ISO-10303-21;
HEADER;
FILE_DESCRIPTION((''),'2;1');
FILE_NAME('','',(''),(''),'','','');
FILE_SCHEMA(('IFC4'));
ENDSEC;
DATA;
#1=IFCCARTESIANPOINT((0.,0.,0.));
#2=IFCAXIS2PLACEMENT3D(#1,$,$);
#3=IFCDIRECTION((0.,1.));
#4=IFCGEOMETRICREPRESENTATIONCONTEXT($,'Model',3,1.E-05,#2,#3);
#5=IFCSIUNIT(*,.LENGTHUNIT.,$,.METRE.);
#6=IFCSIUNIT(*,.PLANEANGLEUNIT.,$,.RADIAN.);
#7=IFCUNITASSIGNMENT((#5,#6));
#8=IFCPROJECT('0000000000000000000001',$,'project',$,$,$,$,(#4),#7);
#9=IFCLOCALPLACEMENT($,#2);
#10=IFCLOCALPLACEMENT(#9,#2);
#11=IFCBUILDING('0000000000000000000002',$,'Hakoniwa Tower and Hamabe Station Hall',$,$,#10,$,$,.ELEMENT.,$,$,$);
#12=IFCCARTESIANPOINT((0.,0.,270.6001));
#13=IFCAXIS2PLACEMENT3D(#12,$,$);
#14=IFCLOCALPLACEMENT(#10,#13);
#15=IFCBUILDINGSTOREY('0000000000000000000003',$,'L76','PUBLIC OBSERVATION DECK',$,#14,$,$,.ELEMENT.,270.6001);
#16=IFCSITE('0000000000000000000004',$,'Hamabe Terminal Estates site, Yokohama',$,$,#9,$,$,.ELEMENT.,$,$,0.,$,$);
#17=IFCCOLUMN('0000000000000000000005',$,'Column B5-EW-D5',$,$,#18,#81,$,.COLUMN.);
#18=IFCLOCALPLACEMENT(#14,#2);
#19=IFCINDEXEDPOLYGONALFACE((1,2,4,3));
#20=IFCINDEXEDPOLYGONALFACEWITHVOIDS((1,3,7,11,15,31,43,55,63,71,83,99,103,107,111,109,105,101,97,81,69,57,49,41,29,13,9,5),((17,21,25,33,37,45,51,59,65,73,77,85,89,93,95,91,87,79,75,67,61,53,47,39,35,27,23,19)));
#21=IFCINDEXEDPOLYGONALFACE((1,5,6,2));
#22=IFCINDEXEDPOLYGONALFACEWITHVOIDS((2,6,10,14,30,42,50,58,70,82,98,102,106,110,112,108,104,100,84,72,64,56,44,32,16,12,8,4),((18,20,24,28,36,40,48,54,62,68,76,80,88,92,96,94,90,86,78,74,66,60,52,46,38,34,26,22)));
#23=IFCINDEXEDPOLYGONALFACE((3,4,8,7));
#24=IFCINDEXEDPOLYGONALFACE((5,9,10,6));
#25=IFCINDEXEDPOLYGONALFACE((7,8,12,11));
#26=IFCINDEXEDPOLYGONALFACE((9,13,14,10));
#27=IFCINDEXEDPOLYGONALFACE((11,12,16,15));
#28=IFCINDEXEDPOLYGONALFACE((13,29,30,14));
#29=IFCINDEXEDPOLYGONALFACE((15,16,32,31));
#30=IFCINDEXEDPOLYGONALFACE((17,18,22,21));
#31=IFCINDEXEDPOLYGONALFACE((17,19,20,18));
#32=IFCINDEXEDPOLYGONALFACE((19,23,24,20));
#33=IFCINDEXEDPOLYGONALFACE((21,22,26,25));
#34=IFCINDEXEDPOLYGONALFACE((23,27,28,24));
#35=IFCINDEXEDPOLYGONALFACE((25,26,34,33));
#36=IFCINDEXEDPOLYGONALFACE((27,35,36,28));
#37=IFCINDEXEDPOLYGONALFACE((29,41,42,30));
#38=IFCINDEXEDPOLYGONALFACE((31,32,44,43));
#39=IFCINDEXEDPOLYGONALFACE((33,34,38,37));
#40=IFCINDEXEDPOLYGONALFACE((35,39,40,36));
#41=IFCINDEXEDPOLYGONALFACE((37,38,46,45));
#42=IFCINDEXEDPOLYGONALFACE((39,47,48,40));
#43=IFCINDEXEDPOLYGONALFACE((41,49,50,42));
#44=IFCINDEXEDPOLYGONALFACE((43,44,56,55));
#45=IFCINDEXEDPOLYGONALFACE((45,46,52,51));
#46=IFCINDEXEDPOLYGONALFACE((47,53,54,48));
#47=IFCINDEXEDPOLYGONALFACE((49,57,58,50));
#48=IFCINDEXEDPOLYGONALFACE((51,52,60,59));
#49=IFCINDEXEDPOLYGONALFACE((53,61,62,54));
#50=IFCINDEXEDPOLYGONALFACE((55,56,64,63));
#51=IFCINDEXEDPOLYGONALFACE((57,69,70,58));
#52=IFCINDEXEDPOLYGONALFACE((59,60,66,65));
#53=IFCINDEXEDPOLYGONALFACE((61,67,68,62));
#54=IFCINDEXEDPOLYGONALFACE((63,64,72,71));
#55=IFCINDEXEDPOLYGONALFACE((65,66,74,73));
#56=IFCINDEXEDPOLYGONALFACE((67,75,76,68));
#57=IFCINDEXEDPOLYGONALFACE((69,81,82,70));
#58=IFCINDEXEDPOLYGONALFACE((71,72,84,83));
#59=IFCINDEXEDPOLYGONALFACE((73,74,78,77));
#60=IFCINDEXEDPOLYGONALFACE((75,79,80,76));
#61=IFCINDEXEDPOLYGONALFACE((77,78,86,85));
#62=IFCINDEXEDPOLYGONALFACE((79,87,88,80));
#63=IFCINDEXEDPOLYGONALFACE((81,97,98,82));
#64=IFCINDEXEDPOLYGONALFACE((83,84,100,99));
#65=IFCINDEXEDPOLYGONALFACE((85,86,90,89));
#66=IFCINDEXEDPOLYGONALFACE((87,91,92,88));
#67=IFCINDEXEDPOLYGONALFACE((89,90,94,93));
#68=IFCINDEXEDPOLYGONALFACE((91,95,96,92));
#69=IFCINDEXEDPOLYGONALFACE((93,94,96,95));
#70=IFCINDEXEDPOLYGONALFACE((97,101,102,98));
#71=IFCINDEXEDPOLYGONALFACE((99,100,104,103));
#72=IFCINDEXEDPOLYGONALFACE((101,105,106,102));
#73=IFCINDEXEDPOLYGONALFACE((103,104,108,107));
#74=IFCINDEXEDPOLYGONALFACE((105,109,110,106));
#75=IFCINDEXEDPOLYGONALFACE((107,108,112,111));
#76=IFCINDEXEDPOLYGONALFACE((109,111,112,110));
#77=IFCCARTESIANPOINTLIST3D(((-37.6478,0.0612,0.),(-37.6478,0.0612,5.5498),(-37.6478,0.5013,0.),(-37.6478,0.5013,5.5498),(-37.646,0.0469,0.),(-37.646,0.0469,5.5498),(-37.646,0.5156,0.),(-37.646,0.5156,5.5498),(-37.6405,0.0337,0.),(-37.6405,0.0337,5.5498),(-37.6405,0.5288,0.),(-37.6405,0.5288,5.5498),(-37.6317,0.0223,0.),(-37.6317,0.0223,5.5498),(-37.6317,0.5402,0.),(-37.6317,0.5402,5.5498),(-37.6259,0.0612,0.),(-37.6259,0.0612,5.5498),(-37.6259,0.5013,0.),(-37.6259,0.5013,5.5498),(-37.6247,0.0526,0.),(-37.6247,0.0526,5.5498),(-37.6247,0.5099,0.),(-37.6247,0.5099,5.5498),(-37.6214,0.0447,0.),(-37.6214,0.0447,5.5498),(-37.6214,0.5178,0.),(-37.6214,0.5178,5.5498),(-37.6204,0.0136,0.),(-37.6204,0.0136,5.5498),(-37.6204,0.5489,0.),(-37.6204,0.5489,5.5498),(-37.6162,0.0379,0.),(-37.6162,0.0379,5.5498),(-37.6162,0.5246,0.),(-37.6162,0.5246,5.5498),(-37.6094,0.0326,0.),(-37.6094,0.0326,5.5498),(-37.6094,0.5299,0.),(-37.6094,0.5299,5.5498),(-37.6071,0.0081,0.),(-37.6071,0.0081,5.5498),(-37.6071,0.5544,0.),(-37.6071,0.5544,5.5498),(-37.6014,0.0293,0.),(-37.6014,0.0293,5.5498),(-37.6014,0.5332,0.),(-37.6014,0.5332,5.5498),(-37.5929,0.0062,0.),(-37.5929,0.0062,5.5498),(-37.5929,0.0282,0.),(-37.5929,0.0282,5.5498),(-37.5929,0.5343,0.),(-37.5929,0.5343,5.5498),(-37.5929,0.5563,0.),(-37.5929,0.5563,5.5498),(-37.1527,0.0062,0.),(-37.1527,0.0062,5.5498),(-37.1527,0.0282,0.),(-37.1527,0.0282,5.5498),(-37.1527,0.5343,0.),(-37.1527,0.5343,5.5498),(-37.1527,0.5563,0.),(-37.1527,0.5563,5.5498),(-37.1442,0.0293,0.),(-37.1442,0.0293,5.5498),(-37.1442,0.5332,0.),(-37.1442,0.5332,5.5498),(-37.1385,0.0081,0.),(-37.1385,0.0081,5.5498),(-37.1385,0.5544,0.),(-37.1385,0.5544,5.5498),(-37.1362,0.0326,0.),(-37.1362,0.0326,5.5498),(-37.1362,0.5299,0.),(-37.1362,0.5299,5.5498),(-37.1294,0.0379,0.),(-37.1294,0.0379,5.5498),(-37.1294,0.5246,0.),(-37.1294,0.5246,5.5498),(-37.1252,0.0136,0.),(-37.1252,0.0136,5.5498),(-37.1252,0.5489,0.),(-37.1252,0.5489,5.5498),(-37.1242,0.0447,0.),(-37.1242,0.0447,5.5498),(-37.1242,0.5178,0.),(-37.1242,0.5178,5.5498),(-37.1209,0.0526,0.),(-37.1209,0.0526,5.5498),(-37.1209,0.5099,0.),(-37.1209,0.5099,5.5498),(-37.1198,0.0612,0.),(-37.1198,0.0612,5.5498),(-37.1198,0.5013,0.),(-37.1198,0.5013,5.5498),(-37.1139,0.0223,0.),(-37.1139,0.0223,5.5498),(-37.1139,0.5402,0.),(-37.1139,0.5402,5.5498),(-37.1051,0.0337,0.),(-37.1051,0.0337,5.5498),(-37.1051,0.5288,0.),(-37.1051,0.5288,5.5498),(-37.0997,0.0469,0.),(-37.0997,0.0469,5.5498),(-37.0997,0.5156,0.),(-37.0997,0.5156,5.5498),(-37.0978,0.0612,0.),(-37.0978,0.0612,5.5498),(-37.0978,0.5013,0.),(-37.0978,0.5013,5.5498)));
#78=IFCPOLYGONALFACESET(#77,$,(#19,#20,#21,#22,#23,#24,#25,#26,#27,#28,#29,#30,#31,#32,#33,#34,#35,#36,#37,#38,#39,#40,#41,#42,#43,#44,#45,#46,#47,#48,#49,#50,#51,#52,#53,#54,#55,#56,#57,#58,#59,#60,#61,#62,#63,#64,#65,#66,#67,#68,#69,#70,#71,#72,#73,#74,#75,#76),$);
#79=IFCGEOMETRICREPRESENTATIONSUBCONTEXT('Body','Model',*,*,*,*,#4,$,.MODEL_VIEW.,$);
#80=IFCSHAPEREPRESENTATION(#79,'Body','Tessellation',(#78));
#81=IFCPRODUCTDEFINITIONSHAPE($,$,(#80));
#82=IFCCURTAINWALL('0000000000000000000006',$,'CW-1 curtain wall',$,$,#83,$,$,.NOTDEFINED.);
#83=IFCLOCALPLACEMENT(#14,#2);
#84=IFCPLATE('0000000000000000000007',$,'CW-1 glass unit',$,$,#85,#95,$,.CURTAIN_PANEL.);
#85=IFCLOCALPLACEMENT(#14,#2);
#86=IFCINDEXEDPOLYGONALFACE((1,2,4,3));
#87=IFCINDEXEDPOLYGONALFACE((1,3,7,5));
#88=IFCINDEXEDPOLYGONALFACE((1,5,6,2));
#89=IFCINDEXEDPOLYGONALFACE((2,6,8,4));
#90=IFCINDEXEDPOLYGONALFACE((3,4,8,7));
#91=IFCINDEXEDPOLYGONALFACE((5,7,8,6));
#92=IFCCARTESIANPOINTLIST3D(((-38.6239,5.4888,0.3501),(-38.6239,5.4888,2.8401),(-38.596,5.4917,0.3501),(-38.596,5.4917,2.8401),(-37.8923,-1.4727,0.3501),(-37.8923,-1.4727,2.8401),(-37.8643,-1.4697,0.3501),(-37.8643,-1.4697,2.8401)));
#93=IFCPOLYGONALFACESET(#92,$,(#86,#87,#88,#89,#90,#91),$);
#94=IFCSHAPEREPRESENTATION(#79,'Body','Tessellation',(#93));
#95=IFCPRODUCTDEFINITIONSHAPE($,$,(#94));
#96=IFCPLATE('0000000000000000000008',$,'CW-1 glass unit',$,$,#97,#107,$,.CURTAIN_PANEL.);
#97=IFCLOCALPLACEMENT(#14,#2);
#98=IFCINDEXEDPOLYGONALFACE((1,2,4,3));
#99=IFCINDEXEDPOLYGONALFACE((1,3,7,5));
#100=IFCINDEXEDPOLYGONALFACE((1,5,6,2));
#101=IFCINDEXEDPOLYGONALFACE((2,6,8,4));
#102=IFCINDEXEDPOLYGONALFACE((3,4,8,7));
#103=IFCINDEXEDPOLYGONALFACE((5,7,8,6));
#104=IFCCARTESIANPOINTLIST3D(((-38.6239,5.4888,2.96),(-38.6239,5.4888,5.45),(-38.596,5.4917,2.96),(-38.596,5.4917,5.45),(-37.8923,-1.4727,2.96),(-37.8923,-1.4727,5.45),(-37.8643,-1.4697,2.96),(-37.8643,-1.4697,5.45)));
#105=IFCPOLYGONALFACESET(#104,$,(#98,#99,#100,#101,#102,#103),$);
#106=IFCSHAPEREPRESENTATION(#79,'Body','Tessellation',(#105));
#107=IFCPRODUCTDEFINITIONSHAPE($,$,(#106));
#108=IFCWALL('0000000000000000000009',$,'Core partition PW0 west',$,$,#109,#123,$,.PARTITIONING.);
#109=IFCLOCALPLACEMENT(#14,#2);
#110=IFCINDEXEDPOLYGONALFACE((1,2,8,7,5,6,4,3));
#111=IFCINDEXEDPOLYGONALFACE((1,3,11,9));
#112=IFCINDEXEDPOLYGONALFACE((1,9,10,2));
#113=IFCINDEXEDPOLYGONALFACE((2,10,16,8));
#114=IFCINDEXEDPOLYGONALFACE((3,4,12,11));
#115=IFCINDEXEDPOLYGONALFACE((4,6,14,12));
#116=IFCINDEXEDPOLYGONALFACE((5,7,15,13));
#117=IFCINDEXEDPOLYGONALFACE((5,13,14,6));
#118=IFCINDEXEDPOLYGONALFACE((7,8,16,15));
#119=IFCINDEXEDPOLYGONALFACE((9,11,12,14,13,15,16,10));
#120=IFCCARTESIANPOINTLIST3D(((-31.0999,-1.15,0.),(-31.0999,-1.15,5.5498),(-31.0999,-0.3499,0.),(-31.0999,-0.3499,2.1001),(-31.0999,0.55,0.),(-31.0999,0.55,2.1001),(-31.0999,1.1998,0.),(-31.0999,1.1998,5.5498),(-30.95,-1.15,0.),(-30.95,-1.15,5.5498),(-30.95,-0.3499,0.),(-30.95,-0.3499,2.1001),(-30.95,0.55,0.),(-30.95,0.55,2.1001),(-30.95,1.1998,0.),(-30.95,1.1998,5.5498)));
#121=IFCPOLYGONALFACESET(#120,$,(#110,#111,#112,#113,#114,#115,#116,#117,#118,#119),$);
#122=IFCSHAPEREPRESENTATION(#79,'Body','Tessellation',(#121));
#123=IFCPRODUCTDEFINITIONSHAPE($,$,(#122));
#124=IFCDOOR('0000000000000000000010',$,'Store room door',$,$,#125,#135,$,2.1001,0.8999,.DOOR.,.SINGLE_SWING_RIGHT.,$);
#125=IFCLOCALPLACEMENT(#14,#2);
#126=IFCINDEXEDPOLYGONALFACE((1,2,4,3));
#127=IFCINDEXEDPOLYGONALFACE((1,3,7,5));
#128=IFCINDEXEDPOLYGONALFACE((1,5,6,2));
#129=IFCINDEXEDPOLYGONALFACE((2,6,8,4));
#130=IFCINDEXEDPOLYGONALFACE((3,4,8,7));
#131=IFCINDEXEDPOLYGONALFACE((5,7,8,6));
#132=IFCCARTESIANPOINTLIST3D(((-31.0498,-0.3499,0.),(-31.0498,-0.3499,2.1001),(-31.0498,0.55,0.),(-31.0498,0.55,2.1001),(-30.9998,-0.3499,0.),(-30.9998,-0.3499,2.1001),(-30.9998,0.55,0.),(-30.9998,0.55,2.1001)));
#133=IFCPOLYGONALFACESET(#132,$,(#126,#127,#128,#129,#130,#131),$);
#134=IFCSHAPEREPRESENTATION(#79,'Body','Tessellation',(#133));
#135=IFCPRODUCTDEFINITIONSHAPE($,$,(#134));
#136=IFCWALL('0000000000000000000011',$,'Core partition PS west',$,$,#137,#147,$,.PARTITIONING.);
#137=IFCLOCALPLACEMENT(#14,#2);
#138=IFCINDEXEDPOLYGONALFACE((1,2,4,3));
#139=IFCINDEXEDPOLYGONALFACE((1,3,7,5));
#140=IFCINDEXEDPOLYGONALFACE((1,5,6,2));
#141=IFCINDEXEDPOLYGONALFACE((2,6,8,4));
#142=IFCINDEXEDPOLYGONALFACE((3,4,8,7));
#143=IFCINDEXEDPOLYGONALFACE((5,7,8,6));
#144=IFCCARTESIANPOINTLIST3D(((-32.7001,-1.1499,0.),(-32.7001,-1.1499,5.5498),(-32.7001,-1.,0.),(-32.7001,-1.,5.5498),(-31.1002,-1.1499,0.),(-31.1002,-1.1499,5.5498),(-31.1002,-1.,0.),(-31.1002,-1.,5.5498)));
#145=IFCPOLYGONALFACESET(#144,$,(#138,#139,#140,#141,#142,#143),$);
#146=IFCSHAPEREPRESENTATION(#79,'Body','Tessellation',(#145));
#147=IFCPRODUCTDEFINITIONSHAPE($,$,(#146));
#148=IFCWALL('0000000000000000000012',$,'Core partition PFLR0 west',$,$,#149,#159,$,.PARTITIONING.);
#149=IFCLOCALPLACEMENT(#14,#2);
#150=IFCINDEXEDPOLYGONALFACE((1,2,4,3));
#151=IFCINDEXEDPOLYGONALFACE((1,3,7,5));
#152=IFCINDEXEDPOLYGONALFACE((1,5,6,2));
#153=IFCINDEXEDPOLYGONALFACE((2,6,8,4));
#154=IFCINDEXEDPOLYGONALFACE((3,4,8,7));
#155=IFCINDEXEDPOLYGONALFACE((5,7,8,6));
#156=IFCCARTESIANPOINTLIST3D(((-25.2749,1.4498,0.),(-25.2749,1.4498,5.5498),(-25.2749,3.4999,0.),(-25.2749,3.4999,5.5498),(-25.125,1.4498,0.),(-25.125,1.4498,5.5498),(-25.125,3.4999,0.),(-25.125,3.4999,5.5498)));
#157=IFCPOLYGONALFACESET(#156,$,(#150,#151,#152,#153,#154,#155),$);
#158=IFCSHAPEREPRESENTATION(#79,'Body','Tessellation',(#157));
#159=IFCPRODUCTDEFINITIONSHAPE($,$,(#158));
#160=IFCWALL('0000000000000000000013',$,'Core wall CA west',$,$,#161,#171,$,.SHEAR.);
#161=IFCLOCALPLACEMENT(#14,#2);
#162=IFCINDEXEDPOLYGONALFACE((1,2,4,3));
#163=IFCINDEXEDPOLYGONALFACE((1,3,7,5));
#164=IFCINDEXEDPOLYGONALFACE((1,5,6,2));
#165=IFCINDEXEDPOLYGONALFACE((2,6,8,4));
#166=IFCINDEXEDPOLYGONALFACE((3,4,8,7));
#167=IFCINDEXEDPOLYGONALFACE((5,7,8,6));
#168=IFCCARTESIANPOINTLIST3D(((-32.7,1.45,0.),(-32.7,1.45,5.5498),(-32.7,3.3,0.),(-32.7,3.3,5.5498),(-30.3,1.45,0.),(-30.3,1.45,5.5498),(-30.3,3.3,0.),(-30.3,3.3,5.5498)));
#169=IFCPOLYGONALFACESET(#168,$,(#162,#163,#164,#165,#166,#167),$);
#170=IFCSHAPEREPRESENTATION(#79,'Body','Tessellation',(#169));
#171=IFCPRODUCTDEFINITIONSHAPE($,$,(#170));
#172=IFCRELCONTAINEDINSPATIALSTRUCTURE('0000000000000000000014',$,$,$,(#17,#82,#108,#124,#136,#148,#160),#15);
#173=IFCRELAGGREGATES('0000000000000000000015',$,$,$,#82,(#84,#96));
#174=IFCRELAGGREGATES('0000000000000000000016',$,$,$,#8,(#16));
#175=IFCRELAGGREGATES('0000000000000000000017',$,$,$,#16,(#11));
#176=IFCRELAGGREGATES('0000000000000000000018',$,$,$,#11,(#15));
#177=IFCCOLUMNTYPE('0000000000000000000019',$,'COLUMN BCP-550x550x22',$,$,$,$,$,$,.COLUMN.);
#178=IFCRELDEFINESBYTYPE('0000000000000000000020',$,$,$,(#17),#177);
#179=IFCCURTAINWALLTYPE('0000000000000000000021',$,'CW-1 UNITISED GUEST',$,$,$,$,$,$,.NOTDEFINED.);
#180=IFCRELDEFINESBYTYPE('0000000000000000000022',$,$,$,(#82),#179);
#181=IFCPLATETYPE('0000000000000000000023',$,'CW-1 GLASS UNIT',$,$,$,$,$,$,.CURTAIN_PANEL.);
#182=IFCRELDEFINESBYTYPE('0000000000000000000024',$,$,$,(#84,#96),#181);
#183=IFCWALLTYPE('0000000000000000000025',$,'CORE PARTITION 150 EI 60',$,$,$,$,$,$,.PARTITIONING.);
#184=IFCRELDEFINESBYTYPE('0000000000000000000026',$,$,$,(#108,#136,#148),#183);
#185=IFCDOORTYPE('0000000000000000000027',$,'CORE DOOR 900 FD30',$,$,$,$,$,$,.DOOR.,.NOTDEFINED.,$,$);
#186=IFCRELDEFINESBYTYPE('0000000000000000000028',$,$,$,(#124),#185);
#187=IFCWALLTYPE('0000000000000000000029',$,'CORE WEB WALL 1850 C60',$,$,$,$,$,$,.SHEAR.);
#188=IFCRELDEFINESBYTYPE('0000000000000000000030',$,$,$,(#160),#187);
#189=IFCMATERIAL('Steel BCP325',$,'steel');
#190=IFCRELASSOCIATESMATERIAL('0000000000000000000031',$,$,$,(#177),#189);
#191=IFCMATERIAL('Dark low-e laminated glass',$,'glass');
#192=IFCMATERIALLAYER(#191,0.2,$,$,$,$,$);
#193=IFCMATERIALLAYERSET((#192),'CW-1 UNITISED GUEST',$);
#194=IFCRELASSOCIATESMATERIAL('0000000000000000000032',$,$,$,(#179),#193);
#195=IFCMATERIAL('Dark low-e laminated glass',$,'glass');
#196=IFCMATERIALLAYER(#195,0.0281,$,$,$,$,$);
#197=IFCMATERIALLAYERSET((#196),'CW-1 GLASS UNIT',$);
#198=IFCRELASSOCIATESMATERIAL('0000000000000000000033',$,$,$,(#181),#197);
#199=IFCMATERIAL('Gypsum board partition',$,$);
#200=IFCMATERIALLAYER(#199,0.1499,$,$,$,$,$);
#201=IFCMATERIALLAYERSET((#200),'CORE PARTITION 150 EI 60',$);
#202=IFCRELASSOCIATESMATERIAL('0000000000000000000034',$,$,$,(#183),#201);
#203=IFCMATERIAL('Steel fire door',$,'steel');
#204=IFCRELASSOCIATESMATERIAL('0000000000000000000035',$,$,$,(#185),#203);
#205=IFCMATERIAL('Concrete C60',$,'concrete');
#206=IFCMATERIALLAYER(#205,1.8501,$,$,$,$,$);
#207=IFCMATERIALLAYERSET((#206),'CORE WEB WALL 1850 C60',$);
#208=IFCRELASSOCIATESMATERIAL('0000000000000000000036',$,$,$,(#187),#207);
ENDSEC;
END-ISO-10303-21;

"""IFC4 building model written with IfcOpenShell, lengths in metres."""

from ifc_helpers import new_model, si_unit, direction, frame, frame_2d, origin, origin_2d, place, context, subcontext, project, spatial, rectangle, hollow_rectangle, extrude, material, layer, layer_set, material_profile, profile_set, type_object, element, fill, aggregate, save


model = new_model("IFC4")

# Units and contexts
model_context = context("Model", 3, precision=1e-05, world=origin(), true_north=direction((0.0, 1.0)))
body_context = subcontext(model_context, "Body", "Model", "MODEL_VIEW")
ifc_project = project(units=[si_unit("LENGTHUNIT", "METRE"), si_unit("PLANEANGLEUNIT", "RADIAN")], contexts=[model_context])

# Site, building, storey
site_placement = place(None, origin())
site = spatial("IfcSite", under=ifc_project, at=site_placement, Name="Hamabe Terminal Estates site, Yokohama", CompositionType="ELEMENT", RefElevation=0.0)
building_placement = place(site_placement, origin())
building = spatial("IfcBuilding", under=site, at=building_placement, Name="Hakoniwa Tower and Hamabe Station Hall", CompositionType="ELEMENT")
storey_placement = place(building_placement, frame((0.0, 0.0, 270.6001)))
storey = spatial("IfcBuildingStorey", under=building, at=storey_placement, Name="L76", Description="PUBLIC OBSERVATION DECK", CompositionType="ELEMENT", Elevation=270.6001)

# Column
ifc_material_1 = material(Name="Steel BCP325", Category="steel")
ifc_material_profile = material_profile(ifc_material_1, hollow_rectangle(XDim=0.55, YDim=0.55, WallThickness=0.022, InnerFilletRadius=0.033, OuterFilletRadius=0.0549, at=origin_2d()), Name="BCP-550x550x22")
ifc_profile_set = profile_set([ifc_material_profile], Name="Steel BCP325")
column_type = type_object("IfcColumnType", Name="COLUMN BCP-550x550x22", PredefinedType="COLUMN", material=ifc_profile_set)
column_placement = place(storey_placement, frame((-37.3728, 0.2812, 0.0), z_axis=(0.0, 0.0, 1.0), x_axis=(1.0, 0.0, 0.0)))
element("IfcColumn", 1, at=column_placement, inside=storey, type_object=column_type, Name="Column B5-EW-D5", PredefinedType="COLUMN", context=body_context, shape_type="SweptSolid", body=[
    extrude(hollow_rectangle(XDim=0.55, YDim=0.55, WallThickness=0.022, InnerFilletRadius=0.033, OuterFilletRadius=0.0549, at=origin_2d()), origin(), (0.0, 0.0, 1.0), 5.5498),
])

# Curtain wall, plates
ifc_material_2 = material(Name="Dark low-e laminated glass", Category="glass")
ifc_layer_1 = layer(ifc_material_2, 0.2)
ifc_layer_set_1 = layer_set([ifc_layer_1], Name="CW-1 UNITISED GUEST")
curtain_wall_type = type_object("IfcCurtainWallType", Name="CW-1 UNITISED GUEST", PredefinedType="NOTDEFINED", material=ifc_layer_set_1)
curtain_wall_placement = place(storey_placement, origin())
curtain_wall = element("IfcCurtainWall", 2, at=curtain_wall_placement, inside=storey, type_object=curtain_wall_type, Name="CW-1 curtain wall", PredefinedType="NOTDEFINED")
ifc_material_3 = material(Name="Dark low-e laminated glass", Category="glass")
ifc_layer_2 = layer(ifc_material_3, 0.0281)
ifc_layer_set_2 = layer_set([ifc_layer_2], Name="CW-1 GLASS UNIT")
plate_type = type_object("IfcPlateType", Name="CW-1 GLASS UNIT", PredefinedType="CURTAIN_PANEL", material=ifc_layer_set_2)
plate_1_placement = place(storey_placement, frame((-38.2441, 2.0095, 0.3501), z_axis=(0.0, 0.0, 1.0), x_axis=(0.104528, -0.994522, 0.0)))
plate_1 = element("IfcPlate", 3, at=plate_1_placement, type_object=plate_type, Name="CW-1 glass unit", PredefinedType="CURTAIN_PANEL", context=body_context, shape_type="SweptSolid", body=[
    extrude(rectangle(XDim=6.9998, YDim=0.0281, at=origin_2d()), origin(), (0.0, 0.0, 1.0), 2.49),
])
plate_2_placement = place(storey_placement, frame((-38.2441, 2.0095, 2.96), z_axis=(0.0, 0.0, 1.0), x_axis=(0.104528, -0.994522, 0.0)))
plate_2 = element("IfcPlate", 4, at=plate_2_placement, type_object=plate_type, Name="CW-1 glass unit", PredefinedType="CURTAIN_PANEL", context=body_context, shape_type="SweptSolid", body=[
    extrude(rectangle(XDim=6.9998, YDim=0.0281, at=origin_2d()), origin(), (0.0, 0.0, 1.0), 2.49),
])
aggregate(curtain_wall, [plate_1, plate_2])

# Wall, opening, door
ifc_material_4 = material(Name="Gypsum board partition")
ifc_layer_3 = layer(ifc_material_4, 0.1499)
ifc_layer_set_3 = layer_set([ifc_layer_3], Name="CORE PARTITION 150 EI 60")
wall_type_1 = type_object("IfcWallType", Name="CORE PARTITION 150 EI 60", PredefinedType="PARTITIONING", material=ifc_layer_set_3)
wall_1_placement = place(storey_placement, frame((-31.0249, -1.1499, 0.0), z_axis=(0.0, 0.0, 1.0), x_axis=(0.0, 1.0, 0.0)))
wall_1 = element("IfcWall", 5, at=wall_1_placement, inside=storey, type_object=wall_type_1, Name="Core partition PW0 west", PredefinedType="PARTITIONING", context=body_context, shape_type="SweptSolid", body=[
    extrude(rectangle(XDim=2.3499, YDim=0.1499, at=frame_2d((1.1748, 0.0))), origin(), (0.0, 0.0, 1.0), 5.5498),
])
opening_1_placement = place(wall_1_placement, frame((0.8, 0.0, 0.0)))
opening_1 = element("IfcOpeningElement", 6, at=opening_1_placement, cuts=wall_1, PredefinedType="OPENING", context=body_context, shape_type="SweptSolid", body=[
    extrude(rectangle(XDim=0.8999, YDim=2.1001, at=frame_2d((0.45, 1.05))), frame((0.0, 0.085, 0.0), z_axis=(0.0, -1.0, 0.0), x_axis=(1.0, 0.0, 0.0)), (0.0, 0.0, 1.0), 0.1699),
])
ifc_material_5 = material(Name="Steel fire door", Category="steel")
door_type_1 = type_object("IfcDoorType", Name="CORE DOOR 900 FD30", OperationType="NOTDEFINED", PredefinedType="DOOR", material=ifc_material_5)
door_1_placement = place(opening_1_placement, origin())
door_1 = element("IfcDoor", 7, at=door_1_placement, inside=storey, type_object=door_type_1, Name="Store room door", OperationType="SINGLE_SWING_RIGHT", OverallHeight=2.1001, OverallWidth=0.8999, PredefinedType="DOOR", context=body_context, shape_type="SweptSolid", body=[
    extrude(rectangle(XDim=0.8999, YDim=2.1001, at=frame_2d((0.45, 1.05))), frame((0.0, 0.0249, 0.0), z_axis=(0.0, -1.0, 0.0), x_axis=(1.0, 0.0, 0.0)), (0.0, 0.0, 1.0), 0.05),
])
fill(opening_1, door_1)

# Walls
wall_2_placement = place(storey_placement, frame((-32.7, -1.075, 0.0), z_axis=(0.0, 0.0, 1.0), x_axis=(1.0, 0.0, 0.0)))
element("IfcWall", 8, at=wall_2_placement, inside=storey, type_object=wall_type_1, Name="Core partition PS west", PredefinedType="PARTITIONING", context=body_context, shape_type="SweptSolid", body=[
    extrude(rectangle(XDim=1.5999, YDim=0.1499, at=frame_2d((0.7998, 0.0))), origin(), (0.0, 0.0, 1.0), 5.5498),
])
wall_3_placement = place(storey_placement, frame((-25.2, 1.45, 0.0), z_axis=(0.0, 0.0, 1.0), x_axis=(0.0, 1.0, 0.0)))
element("IfcWall", 9, at=wall_3_placement, inside=storey, type_object=wall_type_1, Name="Core partition PFLR0 west", PredefinedType="PARTITIONING", context=body_context, shape_type="SweptSolid", body=[
    extrude(rectangle(XDim=2.05, YDim=0.1499, at=frame_2d((1.0249, 0.0))), origin(), (0.0, 0.0, 1.0), 5.5498),
])
ifc_material_6 = material(Name="Concrete C60", Category="concrete")
ifc_layer_4 = layer(ifc_material_6, 1.8501)
ifc_layer_set_4 = layer_set([ifc_layer_4], Name="CORE WEB WALL 1850 C60")
wall_type_2 = type_object("IfcWallType", Name="CORE WEB WALL 1850 C60", PredefinedType="SHEAR", material=ifc_layer_set_4)
wall_4_placement = place(storey_placement, frame((-32.7, 2.375, 0.0), z_axis=(0.0, 0.0, 1.0), x_axis=(1.0, 0.0, 0.0)))
element("IfcWall", 10, at=wall_4_placement, inside=storey, type_object=wall_type_2, Name="Core wall CA west", PredefinedType="SHEAR", context=body_context, shape_type="SweptSolid", body=[
    extrude(rectangle(XDim=2.3999, YDim=1.8501, at=frame_2d((1.2, 0.0))), origin(), (0.0, 0.0, 1.0), 5.5498),
])

save(model, "model.ifc")
